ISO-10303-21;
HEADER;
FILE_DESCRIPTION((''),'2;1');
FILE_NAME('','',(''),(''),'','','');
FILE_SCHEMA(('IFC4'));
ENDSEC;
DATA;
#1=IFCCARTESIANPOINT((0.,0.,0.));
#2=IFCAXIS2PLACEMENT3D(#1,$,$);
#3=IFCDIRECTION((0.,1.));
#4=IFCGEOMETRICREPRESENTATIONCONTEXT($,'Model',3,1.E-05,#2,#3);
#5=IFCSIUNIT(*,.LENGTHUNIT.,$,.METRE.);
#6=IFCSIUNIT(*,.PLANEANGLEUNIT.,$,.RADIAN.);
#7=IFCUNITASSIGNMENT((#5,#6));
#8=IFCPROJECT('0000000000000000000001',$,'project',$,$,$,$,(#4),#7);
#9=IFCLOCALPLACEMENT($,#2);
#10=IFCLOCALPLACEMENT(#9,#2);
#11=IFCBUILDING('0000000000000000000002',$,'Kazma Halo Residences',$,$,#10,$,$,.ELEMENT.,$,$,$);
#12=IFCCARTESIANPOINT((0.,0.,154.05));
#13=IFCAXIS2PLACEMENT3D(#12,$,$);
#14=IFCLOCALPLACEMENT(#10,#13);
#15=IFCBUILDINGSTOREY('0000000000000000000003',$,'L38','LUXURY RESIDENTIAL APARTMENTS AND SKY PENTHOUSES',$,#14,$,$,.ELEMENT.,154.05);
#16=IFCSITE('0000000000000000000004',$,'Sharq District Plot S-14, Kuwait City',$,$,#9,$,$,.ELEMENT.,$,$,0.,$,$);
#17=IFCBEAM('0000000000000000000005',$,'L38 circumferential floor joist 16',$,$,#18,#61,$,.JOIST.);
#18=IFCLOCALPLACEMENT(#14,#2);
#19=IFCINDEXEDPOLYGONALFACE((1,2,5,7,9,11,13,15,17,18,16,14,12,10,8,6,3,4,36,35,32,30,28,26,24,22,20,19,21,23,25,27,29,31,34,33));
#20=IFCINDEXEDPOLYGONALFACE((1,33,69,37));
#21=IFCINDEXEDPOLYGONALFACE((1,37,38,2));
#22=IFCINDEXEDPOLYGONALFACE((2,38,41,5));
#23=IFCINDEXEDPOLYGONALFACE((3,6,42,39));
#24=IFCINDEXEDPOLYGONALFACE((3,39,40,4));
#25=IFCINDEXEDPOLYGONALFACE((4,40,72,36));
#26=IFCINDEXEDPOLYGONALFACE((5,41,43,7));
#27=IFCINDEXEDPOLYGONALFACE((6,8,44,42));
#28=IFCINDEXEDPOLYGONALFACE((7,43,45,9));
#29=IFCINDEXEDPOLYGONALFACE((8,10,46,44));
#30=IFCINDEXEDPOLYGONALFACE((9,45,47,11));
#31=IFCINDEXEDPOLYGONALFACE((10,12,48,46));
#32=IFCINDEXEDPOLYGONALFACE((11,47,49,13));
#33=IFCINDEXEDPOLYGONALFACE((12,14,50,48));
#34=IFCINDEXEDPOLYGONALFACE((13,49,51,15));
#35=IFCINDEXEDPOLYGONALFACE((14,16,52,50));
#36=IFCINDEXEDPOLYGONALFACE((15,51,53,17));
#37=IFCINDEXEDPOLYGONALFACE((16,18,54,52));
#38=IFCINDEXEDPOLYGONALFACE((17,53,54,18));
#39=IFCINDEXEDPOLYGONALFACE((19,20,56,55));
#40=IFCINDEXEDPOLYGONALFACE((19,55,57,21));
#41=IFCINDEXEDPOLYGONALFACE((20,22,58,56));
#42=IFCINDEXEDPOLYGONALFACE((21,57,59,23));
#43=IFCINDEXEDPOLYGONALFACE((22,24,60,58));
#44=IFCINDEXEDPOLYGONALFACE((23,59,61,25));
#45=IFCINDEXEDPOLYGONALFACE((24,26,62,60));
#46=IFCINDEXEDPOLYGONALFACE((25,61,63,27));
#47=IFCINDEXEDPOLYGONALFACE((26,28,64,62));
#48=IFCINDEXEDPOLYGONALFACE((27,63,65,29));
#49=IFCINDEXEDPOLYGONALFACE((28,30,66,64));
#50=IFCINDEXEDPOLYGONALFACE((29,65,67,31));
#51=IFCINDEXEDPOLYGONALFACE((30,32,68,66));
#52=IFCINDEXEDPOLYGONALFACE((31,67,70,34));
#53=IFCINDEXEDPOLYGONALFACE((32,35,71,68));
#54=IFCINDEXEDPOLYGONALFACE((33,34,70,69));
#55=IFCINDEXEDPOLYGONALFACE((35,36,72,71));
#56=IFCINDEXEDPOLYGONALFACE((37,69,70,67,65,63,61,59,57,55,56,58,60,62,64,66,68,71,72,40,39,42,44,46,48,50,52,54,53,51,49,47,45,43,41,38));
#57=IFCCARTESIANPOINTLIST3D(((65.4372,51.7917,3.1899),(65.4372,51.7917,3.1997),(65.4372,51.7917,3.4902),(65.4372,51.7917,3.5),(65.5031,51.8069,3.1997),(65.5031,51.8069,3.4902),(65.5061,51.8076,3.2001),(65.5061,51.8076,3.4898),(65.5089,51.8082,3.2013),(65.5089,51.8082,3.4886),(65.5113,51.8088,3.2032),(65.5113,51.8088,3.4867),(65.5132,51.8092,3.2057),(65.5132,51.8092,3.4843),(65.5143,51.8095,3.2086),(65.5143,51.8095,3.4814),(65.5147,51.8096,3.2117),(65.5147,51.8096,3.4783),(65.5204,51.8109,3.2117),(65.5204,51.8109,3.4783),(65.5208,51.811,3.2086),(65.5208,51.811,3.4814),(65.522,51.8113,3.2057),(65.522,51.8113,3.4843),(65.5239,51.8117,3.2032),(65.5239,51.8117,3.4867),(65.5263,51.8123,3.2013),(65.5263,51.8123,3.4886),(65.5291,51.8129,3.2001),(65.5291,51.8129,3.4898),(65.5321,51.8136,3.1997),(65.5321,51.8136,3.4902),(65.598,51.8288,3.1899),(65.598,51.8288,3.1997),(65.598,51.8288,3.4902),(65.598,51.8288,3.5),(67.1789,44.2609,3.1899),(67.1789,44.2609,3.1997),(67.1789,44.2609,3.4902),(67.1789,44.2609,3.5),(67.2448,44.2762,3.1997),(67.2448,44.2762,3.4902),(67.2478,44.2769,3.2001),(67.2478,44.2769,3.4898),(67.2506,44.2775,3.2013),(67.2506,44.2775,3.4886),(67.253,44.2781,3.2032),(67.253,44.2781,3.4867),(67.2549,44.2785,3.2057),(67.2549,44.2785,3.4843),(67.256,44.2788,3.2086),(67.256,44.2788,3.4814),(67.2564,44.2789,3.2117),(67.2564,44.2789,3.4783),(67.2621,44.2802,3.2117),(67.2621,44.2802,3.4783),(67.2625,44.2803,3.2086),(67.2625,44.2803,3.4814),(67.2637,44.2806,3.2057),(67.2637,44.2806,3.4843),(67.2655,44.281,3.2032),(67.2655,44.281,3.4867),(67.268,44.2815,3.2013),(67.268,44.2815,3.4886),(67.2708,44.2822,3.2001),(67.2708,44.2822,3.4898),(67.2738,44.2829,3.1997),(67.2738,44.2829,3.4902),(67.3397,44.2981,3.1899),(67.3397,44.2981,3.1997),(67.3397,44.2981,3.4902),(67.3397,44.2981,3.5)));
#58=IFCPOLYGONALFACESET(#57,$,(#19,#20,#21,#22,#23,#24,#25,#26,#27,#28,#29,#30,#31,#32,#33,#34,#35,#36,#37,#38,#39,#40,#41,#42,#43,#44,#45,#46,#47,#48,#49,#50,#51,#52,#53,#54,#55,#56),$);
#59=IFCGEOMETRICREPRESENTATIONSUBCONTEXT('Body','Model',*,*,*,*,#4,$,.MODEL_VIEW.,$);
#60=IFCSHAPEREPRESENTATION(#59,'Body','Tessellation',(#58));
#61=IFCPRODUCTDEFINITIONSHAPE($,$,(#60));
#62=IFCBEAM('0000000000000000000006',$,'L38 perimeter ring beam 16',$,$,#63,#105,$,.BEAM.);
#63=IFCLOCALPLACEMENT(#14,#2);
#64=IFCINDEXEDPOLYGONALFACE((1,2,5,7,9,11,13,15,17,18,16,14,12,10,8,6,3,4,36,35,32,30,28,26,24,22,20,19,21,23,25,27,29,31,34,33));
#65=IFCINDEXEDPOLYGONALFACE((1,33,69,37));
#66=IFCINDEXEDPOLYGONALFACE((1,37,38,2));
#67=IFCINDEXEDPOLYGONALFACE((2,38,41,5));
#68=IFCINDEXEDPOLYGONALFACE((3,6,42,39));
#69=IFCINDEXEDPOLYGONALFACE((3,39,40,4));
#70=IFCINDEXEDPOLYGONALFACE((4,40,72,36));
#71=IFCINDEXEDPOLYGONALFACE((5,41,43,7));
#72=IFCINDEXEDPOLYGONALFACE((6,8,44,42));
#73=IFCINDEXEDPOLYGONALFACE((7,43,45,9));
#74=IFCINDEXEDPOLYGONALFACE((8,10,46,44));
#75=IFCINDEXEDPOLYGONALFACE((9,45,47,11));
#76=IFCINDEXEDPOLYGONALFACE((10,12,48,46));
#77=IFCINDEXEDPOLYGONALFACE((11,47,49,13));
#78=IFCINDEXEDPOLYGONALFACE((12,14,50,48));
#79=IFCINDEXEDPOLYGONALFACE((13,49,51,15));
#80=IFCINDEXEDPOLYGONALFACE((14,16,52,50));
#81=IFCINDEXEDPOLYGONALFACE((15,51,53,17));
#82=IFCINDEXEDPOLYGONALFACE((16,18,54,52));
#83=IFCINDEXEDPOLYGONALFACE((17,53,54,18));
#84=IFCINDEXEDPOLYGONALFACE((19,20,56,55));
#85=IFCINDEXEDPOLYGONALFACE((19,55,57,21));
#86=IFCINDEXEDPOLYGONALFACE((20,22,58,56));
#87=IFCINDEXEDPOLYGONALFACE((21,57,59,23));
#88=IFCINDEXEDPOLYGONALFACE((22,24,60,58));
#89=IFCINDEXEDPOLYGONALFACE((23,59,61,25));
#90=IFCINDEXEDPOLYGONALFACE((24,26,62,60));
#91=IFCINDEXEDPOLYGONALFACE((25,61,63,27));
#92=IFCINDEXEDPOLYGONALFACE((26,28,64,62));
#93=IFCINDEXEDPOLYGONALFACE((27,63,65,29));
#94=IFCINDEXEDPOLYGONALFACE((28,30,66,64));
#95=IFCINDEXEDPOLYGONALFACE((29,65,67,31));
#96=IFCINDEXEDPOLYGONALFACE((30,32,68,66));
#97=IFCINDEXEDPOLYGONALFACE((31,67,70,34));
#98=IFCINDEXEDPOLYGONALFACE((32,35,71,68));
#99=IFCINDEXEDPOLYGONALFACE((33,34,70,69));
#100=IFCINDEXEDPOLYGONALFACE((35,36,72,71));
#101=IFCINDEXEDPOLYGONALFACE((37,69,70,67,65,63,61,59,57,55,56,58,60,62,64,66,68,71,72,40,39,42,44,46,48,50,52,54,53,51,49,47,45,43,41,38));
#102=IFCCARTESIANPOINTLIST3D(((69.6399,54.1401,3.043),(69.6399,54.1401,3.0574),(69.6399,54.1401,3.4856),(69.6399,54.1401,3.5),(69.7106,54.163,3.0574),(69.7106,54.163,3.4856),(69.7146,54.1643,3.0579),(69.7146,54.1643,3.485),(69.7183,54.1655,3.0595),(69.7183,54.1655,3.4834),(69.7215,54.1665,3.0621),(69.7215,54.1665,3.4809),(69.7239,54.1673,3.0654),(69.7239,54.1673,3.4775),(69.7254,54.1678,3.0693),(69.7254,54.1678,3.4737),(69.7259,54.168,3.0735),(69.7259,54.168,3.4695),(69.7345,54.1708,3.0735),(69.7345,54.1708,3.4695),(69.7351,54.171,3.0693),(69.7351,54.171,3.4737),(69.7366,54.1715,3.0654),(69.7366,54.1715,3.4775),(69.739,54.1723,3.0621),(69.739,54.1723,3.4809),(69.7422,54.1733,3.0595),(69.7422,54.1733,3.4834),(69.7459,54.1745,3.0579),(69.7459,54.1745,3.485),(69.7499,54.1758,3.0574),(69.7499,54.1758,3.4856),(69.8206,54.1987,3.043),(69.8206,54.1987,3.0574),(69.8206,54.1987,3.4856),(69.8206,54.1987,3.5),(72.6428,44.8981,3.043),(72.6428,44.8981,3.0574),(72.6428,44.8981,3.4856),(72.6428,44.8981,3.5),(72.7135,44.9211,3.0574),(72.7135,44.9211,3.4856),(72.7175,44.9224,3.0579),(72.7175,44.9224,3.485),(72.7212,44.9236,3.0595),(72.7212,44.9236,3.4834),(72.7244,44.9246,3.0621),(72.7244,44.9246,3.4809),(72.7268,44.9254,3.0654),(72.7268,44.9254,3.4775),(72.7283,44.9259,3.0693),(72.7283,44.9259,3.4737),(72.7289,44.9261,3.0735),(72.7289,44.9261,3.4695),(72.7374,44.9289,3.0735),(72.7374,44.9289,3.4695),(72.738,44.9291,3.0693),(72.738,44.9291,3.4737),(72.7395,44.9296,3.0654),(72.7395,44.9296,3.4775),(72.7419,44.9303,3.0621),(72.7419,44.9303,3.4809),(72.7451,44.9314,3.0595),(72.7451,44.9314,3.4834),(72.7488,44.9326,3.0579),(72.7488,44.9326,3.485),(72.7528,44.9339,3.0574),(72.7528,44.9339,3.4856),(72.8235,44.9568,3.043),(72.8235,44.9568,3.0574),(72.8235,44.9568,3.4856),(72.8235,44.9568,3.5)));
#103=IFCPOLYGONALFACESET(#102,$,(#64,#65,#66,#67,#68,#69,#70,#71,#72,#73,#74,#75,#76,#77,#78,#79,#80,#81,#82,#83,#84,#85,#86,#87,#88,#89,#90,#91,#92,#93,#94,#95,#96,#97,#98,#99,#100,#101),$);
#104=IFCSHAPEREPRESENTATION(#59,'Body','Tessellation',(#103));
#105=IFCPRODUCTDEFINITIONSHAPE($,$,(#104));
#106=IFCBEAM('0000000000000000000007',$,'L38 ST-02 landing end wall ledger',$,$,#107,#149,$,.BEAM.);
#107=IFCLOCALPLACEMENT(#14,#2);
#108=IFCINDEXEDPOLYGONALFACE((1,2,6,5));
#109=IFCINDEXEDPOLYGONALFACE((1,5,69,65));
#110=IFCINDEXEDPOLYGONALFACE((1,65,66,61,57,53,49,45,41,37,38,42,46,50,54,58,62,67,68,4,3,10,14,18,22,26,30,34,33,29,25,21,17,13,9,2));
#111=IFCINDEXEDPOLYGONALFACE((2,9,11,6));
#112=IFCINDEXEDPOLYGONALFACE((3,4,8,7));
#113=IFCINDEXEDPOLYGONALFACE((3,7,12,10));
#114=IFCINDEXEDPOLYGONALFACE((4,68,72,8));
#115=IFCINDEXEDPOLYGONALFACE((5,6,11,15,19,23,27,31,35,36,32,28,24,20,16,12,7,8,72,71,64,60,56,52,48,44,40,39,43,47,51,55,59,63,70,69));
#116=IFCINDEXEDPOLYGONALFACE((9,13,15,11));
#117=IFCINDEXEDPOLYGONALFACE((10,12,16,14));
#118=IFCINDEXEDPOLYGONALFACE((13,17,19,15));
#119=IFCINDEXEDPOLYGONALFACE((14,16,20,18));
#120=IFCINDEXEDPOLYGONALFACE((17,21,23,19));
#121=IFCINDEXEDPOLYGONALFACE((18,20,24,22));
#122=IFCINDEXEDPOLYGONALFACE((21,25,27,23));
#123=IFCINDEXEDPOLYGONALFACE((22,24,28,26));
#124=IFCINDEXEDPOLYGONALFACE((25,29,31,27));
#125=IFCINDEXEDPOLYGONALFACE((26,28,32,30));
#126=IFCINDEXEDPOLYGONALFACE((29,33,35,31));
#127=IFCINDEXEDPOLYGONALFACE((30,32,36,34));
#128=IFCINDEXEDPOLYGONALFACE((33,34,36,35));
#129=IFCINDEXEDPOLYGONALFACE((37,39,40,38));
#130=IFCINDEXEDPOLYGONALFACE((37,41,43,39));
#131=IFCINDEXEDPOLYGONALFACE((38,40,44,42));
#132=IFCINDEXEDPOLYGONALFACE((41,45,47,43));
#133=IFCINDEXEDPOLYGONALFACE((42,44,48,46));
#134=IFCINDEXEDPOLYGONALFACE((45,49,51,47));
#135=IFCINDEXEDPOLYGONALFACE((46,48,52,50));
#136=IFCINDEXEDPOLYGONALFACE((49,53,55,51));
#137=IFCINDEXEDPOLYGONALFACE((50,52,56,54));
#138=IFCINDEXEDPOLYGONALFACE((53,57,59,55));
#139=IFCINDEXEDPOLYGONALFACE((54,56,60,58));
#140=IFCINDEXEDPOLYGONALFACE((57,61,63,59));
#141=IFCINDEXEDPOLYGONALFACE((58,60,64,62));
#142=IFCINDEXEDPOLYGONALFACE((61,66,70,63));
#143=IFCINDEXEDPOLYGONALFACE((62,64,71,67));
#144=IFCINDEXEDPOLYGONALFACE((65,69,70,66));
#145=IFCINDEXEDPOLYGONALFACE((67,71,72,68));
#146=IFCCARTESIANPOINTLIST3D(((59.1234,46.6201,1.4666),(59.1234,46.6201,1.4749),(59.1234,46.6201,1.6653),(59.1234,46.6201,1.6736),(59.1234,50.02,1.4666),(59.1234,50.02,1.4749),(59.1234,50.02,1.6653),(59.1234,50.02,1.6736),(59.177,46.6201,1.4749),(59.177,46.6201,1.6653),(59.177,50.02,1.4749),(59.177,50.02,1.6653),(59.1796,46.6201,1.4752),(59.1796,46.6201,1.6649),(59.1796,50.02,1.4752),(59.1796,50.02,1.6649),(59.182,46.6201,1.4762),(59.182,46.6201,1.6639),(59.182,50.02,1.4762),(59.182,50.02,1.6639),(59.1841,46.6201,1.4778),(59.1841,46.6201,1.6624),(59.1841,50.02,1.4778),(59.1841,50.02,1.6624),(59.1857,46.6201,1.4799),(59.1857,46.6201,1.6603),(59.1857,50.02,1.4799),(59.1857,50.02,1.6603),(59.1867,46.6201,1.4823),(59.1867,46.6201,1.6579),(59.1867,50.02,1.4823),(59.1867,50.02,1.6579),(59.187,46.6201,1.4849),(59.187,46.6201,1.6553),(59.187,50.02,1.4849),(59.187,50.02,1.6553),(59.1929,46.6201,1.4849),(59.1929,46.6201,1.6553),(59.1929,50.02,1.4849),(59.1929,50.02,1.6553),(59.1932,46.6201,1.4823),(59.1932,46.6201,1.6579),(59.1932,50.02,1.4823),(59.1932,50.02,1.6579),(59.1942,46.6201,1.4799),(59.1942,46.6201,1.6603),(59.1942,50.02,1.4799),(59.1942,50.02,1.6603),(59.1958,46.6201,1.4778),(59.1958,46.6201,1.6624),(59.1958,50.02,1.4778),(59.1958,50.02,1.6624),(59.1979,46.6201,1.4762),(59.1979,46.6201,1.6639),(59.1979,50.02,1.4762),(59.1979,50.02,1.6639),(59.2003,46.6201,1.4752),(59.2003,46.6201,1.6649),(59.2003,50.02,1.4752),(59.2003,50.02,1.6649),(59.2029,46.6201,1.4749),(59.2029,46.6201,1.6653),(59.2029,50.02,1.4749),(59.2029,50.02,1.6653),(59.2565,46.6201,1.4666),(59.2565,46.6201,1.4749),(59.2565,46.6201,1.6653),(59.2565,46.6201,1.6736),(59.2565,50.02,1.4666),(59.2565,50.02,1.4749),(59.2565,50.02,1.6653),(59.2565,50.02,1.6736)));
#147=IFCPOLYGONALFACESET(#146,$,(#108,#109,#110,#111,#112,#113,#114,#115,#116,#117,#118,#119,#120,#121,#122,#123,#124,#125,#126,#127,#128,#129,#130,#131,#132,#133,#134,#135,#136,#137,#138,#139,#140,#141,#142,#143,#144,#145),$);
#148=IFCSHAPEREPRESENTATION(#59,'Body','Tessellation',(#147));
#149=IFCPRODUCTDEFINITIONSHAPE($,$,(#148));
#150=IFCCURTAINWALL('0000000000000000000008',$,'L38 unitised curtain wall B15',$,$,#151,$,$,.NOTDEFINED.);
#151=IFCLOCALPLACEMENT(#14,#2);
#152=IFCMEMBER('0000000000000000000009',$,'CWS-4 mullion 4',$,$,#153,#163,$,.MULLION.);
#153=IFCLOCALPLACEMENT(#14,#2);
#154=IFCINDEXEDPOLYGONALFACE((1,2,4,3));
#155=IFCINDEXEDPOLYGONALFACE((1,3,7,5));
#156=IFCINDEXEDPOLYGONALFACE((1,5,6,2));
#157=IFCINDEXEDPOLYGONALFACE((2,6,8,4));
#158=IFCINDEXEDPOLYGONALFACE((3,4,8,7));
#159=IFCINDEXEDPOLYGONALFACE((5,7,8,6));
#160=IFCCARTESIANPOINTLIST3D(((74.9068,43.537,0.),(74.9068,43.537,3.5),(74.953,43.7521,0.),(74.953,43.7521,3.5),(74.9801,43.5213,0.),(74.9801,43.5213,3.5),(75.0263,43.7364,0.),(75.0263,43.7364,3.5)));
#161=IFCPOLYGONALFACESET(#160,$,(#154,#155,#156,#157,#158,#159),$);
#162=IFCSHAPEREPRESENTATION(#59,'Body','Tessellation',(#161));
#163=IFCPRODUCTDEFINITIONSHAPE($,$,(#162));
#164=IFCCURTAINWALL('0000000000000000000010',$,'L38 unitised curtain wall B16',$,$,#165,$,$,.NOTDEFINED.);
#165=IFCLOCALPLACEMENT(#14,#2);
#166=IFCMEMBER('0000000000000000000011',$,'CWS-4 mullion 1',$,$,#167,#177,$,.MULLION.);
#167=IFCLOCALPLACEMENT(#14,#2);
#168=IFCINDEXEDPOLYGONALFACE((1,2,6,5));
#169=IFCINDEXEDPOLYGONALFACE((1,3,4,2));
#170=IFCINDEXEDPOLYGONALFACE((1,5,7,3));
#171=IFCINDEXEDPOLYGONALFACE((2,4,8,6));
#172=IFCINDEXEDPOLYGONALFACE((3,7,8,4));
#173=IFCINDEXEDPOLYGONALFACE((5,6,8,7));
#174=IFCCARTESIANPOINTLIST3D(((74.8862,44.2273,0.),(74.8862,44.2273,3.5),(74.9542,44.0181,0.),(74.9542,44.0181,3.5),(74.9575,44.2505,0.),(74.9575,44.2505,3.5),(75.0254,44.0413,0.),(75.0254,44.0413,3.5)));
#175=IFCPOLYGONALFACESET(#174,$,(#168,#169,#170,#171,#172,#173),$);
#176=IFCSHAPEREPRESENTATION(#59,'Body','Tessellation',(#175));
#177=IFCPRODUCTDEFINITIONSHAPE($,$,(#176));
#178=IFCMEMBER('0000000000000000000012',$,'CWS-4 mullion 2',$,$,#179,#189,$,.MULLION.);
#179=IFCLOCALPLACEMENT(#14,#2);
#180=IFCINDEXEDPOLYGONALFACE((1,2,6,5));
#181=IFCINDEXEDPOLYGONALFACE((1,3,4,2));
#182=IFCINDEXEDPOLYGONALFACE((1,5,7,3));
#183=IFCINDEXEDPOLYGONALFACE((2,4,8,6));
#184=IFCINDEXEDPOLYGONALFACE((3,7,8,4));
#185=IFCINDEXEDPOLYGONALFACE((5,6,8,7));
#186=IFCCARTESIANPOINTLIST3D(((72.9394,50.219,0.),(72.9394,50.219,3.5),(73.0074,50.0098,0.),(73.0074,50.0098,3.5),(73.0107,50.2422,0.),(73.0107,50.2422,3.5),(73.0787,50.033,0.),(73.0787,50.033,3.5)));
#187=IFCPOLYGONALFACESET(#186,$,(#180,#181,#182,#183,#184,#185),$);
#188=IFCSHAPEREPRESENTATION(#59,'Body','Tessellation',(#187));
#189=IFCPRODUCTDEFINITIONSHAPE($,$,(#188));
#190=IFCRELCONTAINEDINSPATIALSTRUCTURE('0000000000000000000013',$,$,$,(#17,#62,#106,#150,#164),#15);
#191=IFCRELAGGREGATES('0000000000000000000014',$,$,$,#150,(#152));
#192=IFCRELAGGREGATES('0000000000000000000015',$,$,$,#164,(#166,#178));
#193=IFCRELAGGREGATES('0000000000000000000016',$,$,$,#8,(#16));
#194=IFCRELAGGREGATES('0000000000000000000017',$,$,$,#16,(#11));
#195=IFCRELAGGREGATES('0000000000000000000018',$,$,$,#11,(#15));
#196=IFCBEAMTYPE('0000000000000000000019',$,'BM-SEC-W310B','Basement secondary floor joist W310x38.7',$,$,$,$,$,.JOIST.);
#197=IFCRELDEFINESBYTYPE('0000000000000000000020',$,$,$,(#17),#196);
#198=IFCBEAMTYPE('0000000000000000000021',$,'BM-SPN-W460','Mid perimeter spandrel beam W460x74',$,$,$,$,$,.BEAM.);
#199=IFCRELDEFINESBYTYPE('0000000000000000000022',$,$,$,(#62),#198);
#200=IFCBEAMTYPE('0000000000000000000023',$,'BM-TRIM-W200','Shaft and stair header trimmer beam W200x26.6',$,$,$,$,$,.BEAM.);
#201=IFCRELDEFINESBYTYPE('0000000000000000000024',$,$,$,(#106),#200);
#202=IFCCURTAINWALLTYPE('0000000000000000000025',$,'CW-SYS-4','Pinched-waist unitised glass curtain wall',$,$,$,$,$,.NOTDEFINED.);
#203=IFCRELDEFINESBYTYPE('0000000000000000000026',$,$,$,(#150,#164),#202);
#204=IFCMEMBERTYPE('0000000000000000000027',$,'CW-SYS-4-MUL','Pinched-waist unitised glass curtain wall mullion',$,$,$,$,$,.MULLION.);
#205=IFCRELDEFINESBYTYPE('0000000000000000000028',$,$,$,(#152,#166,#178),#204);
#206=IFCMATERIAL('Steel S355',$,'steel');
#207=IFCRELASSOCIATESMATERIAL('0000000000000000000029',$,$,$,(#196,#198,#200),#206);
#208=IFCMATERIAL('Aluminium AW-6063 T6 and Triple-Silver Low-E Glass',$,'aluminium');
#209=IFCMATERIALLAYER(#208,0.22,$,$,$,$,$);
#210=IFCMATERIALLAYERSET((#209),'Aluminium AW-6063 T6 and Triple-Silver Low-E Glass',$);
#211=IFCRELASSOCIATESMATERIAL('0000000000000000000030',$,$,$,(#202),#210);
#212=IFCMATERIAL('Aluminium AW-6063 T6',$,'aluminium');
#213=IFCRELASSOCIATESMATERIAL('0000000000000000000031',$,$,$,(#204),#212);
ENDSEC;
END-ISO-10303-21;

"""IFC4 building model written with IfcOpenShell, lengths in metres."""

from ifc_helpers import new_model, si_unit, direction, frame, origin, origin_2d, place, context, subcontext, project, spatial, rectangle, i_section, extrude, material, layer, layer_set, material_profile, profile_set, type_object, element, aggregate, save


model = new_model("IFC4")

# Units and contexts
model_context = context("Model", 3, precision=1e-05, world=origin(), true_north=direction((0.0, 1.0)))
body_context = subcontext(model_context, "Body", "Model", "MODEL_VIEW")
ifc_project = project(units=[si_unit("LENGTHUNIT", "METRE"), si_unit("PLANEANGLEUNIT", "RADIAN")], contexts=[model_context])

# Site, building, storey
site_placement = place(None, origin())
site = spatial("IfcSite", under=ifc_project, at=site_placement, Name="Sharq District Plot S-14, Kuwait City", CompositionType="ELEMENT", RefElevation=0.0)
building_placement = place(site_placement, origin())
building = spatial("IfcBuilding", under=site, at=building_placement, Name="Kazma Halo Residences", CompositionType="ELEMENT")
storey_placement = place(building_placement, frame((0.0, 0.0, 154.05)))
storey = spatial("IfcBuildingStorey", under=building, at=storey_placement, Name="L38", Description="LUXURY RESIDENTIAL APARTMENTS AND SKY PENTHOUSES", CompositionType="ELEMENT", Elevation=154.05)

# Beams
ifc_material_1 = material(Name="Steel S355", Category="steel")
ifc_material_profile_1 = material_profile(ifc_material_1, i_section(OverallWidth=0.165, OverallDepth=0.3101, WebThickness=0.0059, FlangeThickness=0.0098, FilletRadius=0.012, at=origin_2d()), Name="W310x38.7")
ifc_profile_set_1 = profile_set([ifc_material_profile_1], Name="Steel S355")
beam_type_1 = type_object("IfcBeamType", Name="BM-SEC-W310B", Description="Basement secondary floor joist W310x38.7", PredefinedType="JOIST", material=ifc_profile_set_1)
beam_1_placement = place(storey_placement, frame((67.2593, 44.2795, 3.345), z_axis=(-0.22533, 0.974282, 0.0), x_axis=(-0.974282, -0.22533, 0.0)))
element("IfcBeam", 1, at=beam_1_placement, inside=storey, type_object=beam_type_1, Name="L38 circumferential floor joist 16", PredefinedType="JOIST", context=body_context, shape_type="SweptSolid", body=[
    extrude(i_section(OverallWidth=0.165, OverallDepth=0.3101, WebThickness=0.0059, FlangeThickness=0.0098, FilletRadius=0.012, at=origin_2d()), origin(), (0.0, 0.0, 1.0), 7.7295),
])
ifc_material_profile_2 = material_profile(ifc_material_1, i_section(OverallWidth=0.1899, OverallDepth=0.457, WebThickness=0.009, FlangeThickness=0.0144, FilletRadius=0.0161, at=origin_2d()), Name="W460x74")
ifc_profile_set_2 = profile_set([ifc_material_profile_2], Name="Steel S355")
beam_type_2 = type_object("IfcBeamType", Name="BM-SPN-W460", Description="Mid perimeter spandrel beam W460x74", PredefinedType="BEAM", material=ifc_profile_set_2)
beam_2_placement = place(storey_placement, frame((72.7332, 44.9275, 3.2715), z_axis=(-0.309021, 0.951055, 0.0), x_axis=(-0.951055, -0.309021, 0.0)))
element("IfcBeam", 2, at=beam_2_placement, inside=storey, type_object=beam_type_2, Name="L38 perimeter ring beam 16", PredefinedType="BEAM", context=body_context, shape_type="SweptSolid", body=[
    extrude(i_section(OverallWidth=0.1899, OverallDepth=0.457, WebThickness=0.009, FlangeThickness=0.0144, FilletRadius=0.0161, at=origin_2d()), origin(), (0.0, 0.0, 1.0), 9.7175),
])
ifc_material_profile_3 = material_profile(ifc_material_1, i_section(OverallWidth=0.1331, OverallDepth=0.207, WebThickness=0.0059, FlangeThickness=0.0083, FilletRadius=0.01, at=origin_2d()), Name="W200x26.6")
ifc_profile_set_3 = profile_set([ifc_material_profile_3], Name="Steel S355")
beam_type_3 = type_object("IfcBeamType", Name="BM-TRIM-W200", Description="Shaft and stair header trimmer beam W200x26.6", PredefinedType="BEAM", material=ifc_profile_set_3)
beam_3_placement = place(storey_placement, frame((59.1899, 46.6201, 1.5701), z_axis=(0.0, 1.0, 0.0), x_axis=(-1.0, 0.0, 0.0)))
element("IfcBeam", 3, at=beam_3_placement, inside=storey, type_object=beam_type_3, Name="L38 ST-02 landing end wall ledger", PredefinedType="BEAM", context=body_context, shape_type="SweptSolid", body=[
    extrude(i_section(OverallWidth=0.1331, OverallDepth=0.207, WebThickness=0.0059, FlangeThickness=0.0083, FilletRadius=0.01, at=origin_2d()), origin(), (0.0, 0.0, 1.0), 3.3999),
])

# Curtain wall, member
ifc_material_2 = material(Name="Aluminium AW-6063 T6 and Triple-Silver Low-E Glass", Category="aluminium")
ifc_layer_1 = layer(ifc_material_2, 0.22)
ifc_layer_set_1 = layer_set([ifc_layer_1], Name="Aluminium AW-6063 T6 and Triple-Silver Low-E Glass")
curtain_wall_type = type_object("IfcCurtainWallType", Name="CW-SYS-4", Description="Pinched-waist unitised glass curtain wall", PredefinedType="NOTDEFINED", material=ifc_layer_set_1)
curtain_wall_1_placement = place(storey_placement, origin())
curtain_wall_1 = element("IfcCurtainWall", 4, at=curtain_wall_1_placement, inside=storey, type_object=curtain_wall_type, Name="L38 unitised curtain wall B15", PredefinedType="NOTDEFINED")
ifc_material_3 = material(Name="Aluminium AW-6063 T6", Category="aluminium")
ifc_material_profile_4 = material_profile(ifc_material_3, rectangle(XDim=0.075, YDim=0.22, at=origin_2d()), Name="CWM-75x220")
ifc_profile_set_4 = profile_set([ifc_material_profile_4], Name="Aluminium AW-6063 T6")
member_type_1 = type_object("IfcMemberType", Name="CW-SYS-4-MUL", Description="Pinched-waist unitised glass curtain wall mullion", PredefinedType="MULLION", material=ifc_profile_set_4)
member_1_placement = place(storey_placement, frame((74.9666, 43.6367, 0.0), z_axis=(0.0, 0.0, 1.0), x_axis=(-0.977765, 0.209704, 0.0)))
member_1 = element("IfcMember", 5, at=member_1_placement, type_object=member_type_1, Name="CWS-4 mullion 4", PredefinedType="MULLION", context=body_context, shape_type="SweptSolid", body=[
    extrude(rectangle(XDim=0.075, YDim=0.22, at=origin_2d()), origin(), (0.0, 0.0, 1.0), 3.5),
])
aggregate(curtain_wall_1, [member_1])

# Curtain wall, members
curtain_wall_2_placement = place(storey_placement, origin())
curtain_wall_2 = element("IfcCurtainWall", 6, at=curtain_wall_2_placement, inside=storey, type_object=curtain_wall_type, Name="L38 unitised curtain wall B16", PredefinedType="NOTDEFINED")
member_2_placement = place(storey_placement, frame((74.9558, 44.1343, 0.0), z_axis=(0.0, 0.0, 1.0), x_axis=(-0.951058, -0.309014, 0.0)))
member_2 = element("IfcMember", 7, at=member_2_placement, type_object=member_type_1, Name="CWS-4 mullion 1", PredefinedType="MULLION", context=body_context, shape_type="SweptSolid", body=[
    extrude(rectangle(XDim=0.075, YDim=0.22, at=origin_2d()), origin(), (0.0, 0.0, 1.0), 3.5),
])
member_3_placement = place(storey_placement, frame((73.009, 50.126, 0.0), z_axis=(0.0, 0.0, 1.0), x_axis=(-0.951058, -0.309014, 0.0)))
member_3 = element("IfcMember", 8, at=member_3_placement, type_object=member_type_1, Name="CWS-4 mullion 2", PredefinedType="MULLION", context=body_context, shape_type="SweptSolid", body=[
    extrude(rectangle(XDim=0.075, YDim=0.22, at=origin_2d()), origin(), (0.0, 0.0, 1.0), 3.5),
])
aggregate(curtain_wall_2, [member_2, member_3])

save(model, "model.ifc")
